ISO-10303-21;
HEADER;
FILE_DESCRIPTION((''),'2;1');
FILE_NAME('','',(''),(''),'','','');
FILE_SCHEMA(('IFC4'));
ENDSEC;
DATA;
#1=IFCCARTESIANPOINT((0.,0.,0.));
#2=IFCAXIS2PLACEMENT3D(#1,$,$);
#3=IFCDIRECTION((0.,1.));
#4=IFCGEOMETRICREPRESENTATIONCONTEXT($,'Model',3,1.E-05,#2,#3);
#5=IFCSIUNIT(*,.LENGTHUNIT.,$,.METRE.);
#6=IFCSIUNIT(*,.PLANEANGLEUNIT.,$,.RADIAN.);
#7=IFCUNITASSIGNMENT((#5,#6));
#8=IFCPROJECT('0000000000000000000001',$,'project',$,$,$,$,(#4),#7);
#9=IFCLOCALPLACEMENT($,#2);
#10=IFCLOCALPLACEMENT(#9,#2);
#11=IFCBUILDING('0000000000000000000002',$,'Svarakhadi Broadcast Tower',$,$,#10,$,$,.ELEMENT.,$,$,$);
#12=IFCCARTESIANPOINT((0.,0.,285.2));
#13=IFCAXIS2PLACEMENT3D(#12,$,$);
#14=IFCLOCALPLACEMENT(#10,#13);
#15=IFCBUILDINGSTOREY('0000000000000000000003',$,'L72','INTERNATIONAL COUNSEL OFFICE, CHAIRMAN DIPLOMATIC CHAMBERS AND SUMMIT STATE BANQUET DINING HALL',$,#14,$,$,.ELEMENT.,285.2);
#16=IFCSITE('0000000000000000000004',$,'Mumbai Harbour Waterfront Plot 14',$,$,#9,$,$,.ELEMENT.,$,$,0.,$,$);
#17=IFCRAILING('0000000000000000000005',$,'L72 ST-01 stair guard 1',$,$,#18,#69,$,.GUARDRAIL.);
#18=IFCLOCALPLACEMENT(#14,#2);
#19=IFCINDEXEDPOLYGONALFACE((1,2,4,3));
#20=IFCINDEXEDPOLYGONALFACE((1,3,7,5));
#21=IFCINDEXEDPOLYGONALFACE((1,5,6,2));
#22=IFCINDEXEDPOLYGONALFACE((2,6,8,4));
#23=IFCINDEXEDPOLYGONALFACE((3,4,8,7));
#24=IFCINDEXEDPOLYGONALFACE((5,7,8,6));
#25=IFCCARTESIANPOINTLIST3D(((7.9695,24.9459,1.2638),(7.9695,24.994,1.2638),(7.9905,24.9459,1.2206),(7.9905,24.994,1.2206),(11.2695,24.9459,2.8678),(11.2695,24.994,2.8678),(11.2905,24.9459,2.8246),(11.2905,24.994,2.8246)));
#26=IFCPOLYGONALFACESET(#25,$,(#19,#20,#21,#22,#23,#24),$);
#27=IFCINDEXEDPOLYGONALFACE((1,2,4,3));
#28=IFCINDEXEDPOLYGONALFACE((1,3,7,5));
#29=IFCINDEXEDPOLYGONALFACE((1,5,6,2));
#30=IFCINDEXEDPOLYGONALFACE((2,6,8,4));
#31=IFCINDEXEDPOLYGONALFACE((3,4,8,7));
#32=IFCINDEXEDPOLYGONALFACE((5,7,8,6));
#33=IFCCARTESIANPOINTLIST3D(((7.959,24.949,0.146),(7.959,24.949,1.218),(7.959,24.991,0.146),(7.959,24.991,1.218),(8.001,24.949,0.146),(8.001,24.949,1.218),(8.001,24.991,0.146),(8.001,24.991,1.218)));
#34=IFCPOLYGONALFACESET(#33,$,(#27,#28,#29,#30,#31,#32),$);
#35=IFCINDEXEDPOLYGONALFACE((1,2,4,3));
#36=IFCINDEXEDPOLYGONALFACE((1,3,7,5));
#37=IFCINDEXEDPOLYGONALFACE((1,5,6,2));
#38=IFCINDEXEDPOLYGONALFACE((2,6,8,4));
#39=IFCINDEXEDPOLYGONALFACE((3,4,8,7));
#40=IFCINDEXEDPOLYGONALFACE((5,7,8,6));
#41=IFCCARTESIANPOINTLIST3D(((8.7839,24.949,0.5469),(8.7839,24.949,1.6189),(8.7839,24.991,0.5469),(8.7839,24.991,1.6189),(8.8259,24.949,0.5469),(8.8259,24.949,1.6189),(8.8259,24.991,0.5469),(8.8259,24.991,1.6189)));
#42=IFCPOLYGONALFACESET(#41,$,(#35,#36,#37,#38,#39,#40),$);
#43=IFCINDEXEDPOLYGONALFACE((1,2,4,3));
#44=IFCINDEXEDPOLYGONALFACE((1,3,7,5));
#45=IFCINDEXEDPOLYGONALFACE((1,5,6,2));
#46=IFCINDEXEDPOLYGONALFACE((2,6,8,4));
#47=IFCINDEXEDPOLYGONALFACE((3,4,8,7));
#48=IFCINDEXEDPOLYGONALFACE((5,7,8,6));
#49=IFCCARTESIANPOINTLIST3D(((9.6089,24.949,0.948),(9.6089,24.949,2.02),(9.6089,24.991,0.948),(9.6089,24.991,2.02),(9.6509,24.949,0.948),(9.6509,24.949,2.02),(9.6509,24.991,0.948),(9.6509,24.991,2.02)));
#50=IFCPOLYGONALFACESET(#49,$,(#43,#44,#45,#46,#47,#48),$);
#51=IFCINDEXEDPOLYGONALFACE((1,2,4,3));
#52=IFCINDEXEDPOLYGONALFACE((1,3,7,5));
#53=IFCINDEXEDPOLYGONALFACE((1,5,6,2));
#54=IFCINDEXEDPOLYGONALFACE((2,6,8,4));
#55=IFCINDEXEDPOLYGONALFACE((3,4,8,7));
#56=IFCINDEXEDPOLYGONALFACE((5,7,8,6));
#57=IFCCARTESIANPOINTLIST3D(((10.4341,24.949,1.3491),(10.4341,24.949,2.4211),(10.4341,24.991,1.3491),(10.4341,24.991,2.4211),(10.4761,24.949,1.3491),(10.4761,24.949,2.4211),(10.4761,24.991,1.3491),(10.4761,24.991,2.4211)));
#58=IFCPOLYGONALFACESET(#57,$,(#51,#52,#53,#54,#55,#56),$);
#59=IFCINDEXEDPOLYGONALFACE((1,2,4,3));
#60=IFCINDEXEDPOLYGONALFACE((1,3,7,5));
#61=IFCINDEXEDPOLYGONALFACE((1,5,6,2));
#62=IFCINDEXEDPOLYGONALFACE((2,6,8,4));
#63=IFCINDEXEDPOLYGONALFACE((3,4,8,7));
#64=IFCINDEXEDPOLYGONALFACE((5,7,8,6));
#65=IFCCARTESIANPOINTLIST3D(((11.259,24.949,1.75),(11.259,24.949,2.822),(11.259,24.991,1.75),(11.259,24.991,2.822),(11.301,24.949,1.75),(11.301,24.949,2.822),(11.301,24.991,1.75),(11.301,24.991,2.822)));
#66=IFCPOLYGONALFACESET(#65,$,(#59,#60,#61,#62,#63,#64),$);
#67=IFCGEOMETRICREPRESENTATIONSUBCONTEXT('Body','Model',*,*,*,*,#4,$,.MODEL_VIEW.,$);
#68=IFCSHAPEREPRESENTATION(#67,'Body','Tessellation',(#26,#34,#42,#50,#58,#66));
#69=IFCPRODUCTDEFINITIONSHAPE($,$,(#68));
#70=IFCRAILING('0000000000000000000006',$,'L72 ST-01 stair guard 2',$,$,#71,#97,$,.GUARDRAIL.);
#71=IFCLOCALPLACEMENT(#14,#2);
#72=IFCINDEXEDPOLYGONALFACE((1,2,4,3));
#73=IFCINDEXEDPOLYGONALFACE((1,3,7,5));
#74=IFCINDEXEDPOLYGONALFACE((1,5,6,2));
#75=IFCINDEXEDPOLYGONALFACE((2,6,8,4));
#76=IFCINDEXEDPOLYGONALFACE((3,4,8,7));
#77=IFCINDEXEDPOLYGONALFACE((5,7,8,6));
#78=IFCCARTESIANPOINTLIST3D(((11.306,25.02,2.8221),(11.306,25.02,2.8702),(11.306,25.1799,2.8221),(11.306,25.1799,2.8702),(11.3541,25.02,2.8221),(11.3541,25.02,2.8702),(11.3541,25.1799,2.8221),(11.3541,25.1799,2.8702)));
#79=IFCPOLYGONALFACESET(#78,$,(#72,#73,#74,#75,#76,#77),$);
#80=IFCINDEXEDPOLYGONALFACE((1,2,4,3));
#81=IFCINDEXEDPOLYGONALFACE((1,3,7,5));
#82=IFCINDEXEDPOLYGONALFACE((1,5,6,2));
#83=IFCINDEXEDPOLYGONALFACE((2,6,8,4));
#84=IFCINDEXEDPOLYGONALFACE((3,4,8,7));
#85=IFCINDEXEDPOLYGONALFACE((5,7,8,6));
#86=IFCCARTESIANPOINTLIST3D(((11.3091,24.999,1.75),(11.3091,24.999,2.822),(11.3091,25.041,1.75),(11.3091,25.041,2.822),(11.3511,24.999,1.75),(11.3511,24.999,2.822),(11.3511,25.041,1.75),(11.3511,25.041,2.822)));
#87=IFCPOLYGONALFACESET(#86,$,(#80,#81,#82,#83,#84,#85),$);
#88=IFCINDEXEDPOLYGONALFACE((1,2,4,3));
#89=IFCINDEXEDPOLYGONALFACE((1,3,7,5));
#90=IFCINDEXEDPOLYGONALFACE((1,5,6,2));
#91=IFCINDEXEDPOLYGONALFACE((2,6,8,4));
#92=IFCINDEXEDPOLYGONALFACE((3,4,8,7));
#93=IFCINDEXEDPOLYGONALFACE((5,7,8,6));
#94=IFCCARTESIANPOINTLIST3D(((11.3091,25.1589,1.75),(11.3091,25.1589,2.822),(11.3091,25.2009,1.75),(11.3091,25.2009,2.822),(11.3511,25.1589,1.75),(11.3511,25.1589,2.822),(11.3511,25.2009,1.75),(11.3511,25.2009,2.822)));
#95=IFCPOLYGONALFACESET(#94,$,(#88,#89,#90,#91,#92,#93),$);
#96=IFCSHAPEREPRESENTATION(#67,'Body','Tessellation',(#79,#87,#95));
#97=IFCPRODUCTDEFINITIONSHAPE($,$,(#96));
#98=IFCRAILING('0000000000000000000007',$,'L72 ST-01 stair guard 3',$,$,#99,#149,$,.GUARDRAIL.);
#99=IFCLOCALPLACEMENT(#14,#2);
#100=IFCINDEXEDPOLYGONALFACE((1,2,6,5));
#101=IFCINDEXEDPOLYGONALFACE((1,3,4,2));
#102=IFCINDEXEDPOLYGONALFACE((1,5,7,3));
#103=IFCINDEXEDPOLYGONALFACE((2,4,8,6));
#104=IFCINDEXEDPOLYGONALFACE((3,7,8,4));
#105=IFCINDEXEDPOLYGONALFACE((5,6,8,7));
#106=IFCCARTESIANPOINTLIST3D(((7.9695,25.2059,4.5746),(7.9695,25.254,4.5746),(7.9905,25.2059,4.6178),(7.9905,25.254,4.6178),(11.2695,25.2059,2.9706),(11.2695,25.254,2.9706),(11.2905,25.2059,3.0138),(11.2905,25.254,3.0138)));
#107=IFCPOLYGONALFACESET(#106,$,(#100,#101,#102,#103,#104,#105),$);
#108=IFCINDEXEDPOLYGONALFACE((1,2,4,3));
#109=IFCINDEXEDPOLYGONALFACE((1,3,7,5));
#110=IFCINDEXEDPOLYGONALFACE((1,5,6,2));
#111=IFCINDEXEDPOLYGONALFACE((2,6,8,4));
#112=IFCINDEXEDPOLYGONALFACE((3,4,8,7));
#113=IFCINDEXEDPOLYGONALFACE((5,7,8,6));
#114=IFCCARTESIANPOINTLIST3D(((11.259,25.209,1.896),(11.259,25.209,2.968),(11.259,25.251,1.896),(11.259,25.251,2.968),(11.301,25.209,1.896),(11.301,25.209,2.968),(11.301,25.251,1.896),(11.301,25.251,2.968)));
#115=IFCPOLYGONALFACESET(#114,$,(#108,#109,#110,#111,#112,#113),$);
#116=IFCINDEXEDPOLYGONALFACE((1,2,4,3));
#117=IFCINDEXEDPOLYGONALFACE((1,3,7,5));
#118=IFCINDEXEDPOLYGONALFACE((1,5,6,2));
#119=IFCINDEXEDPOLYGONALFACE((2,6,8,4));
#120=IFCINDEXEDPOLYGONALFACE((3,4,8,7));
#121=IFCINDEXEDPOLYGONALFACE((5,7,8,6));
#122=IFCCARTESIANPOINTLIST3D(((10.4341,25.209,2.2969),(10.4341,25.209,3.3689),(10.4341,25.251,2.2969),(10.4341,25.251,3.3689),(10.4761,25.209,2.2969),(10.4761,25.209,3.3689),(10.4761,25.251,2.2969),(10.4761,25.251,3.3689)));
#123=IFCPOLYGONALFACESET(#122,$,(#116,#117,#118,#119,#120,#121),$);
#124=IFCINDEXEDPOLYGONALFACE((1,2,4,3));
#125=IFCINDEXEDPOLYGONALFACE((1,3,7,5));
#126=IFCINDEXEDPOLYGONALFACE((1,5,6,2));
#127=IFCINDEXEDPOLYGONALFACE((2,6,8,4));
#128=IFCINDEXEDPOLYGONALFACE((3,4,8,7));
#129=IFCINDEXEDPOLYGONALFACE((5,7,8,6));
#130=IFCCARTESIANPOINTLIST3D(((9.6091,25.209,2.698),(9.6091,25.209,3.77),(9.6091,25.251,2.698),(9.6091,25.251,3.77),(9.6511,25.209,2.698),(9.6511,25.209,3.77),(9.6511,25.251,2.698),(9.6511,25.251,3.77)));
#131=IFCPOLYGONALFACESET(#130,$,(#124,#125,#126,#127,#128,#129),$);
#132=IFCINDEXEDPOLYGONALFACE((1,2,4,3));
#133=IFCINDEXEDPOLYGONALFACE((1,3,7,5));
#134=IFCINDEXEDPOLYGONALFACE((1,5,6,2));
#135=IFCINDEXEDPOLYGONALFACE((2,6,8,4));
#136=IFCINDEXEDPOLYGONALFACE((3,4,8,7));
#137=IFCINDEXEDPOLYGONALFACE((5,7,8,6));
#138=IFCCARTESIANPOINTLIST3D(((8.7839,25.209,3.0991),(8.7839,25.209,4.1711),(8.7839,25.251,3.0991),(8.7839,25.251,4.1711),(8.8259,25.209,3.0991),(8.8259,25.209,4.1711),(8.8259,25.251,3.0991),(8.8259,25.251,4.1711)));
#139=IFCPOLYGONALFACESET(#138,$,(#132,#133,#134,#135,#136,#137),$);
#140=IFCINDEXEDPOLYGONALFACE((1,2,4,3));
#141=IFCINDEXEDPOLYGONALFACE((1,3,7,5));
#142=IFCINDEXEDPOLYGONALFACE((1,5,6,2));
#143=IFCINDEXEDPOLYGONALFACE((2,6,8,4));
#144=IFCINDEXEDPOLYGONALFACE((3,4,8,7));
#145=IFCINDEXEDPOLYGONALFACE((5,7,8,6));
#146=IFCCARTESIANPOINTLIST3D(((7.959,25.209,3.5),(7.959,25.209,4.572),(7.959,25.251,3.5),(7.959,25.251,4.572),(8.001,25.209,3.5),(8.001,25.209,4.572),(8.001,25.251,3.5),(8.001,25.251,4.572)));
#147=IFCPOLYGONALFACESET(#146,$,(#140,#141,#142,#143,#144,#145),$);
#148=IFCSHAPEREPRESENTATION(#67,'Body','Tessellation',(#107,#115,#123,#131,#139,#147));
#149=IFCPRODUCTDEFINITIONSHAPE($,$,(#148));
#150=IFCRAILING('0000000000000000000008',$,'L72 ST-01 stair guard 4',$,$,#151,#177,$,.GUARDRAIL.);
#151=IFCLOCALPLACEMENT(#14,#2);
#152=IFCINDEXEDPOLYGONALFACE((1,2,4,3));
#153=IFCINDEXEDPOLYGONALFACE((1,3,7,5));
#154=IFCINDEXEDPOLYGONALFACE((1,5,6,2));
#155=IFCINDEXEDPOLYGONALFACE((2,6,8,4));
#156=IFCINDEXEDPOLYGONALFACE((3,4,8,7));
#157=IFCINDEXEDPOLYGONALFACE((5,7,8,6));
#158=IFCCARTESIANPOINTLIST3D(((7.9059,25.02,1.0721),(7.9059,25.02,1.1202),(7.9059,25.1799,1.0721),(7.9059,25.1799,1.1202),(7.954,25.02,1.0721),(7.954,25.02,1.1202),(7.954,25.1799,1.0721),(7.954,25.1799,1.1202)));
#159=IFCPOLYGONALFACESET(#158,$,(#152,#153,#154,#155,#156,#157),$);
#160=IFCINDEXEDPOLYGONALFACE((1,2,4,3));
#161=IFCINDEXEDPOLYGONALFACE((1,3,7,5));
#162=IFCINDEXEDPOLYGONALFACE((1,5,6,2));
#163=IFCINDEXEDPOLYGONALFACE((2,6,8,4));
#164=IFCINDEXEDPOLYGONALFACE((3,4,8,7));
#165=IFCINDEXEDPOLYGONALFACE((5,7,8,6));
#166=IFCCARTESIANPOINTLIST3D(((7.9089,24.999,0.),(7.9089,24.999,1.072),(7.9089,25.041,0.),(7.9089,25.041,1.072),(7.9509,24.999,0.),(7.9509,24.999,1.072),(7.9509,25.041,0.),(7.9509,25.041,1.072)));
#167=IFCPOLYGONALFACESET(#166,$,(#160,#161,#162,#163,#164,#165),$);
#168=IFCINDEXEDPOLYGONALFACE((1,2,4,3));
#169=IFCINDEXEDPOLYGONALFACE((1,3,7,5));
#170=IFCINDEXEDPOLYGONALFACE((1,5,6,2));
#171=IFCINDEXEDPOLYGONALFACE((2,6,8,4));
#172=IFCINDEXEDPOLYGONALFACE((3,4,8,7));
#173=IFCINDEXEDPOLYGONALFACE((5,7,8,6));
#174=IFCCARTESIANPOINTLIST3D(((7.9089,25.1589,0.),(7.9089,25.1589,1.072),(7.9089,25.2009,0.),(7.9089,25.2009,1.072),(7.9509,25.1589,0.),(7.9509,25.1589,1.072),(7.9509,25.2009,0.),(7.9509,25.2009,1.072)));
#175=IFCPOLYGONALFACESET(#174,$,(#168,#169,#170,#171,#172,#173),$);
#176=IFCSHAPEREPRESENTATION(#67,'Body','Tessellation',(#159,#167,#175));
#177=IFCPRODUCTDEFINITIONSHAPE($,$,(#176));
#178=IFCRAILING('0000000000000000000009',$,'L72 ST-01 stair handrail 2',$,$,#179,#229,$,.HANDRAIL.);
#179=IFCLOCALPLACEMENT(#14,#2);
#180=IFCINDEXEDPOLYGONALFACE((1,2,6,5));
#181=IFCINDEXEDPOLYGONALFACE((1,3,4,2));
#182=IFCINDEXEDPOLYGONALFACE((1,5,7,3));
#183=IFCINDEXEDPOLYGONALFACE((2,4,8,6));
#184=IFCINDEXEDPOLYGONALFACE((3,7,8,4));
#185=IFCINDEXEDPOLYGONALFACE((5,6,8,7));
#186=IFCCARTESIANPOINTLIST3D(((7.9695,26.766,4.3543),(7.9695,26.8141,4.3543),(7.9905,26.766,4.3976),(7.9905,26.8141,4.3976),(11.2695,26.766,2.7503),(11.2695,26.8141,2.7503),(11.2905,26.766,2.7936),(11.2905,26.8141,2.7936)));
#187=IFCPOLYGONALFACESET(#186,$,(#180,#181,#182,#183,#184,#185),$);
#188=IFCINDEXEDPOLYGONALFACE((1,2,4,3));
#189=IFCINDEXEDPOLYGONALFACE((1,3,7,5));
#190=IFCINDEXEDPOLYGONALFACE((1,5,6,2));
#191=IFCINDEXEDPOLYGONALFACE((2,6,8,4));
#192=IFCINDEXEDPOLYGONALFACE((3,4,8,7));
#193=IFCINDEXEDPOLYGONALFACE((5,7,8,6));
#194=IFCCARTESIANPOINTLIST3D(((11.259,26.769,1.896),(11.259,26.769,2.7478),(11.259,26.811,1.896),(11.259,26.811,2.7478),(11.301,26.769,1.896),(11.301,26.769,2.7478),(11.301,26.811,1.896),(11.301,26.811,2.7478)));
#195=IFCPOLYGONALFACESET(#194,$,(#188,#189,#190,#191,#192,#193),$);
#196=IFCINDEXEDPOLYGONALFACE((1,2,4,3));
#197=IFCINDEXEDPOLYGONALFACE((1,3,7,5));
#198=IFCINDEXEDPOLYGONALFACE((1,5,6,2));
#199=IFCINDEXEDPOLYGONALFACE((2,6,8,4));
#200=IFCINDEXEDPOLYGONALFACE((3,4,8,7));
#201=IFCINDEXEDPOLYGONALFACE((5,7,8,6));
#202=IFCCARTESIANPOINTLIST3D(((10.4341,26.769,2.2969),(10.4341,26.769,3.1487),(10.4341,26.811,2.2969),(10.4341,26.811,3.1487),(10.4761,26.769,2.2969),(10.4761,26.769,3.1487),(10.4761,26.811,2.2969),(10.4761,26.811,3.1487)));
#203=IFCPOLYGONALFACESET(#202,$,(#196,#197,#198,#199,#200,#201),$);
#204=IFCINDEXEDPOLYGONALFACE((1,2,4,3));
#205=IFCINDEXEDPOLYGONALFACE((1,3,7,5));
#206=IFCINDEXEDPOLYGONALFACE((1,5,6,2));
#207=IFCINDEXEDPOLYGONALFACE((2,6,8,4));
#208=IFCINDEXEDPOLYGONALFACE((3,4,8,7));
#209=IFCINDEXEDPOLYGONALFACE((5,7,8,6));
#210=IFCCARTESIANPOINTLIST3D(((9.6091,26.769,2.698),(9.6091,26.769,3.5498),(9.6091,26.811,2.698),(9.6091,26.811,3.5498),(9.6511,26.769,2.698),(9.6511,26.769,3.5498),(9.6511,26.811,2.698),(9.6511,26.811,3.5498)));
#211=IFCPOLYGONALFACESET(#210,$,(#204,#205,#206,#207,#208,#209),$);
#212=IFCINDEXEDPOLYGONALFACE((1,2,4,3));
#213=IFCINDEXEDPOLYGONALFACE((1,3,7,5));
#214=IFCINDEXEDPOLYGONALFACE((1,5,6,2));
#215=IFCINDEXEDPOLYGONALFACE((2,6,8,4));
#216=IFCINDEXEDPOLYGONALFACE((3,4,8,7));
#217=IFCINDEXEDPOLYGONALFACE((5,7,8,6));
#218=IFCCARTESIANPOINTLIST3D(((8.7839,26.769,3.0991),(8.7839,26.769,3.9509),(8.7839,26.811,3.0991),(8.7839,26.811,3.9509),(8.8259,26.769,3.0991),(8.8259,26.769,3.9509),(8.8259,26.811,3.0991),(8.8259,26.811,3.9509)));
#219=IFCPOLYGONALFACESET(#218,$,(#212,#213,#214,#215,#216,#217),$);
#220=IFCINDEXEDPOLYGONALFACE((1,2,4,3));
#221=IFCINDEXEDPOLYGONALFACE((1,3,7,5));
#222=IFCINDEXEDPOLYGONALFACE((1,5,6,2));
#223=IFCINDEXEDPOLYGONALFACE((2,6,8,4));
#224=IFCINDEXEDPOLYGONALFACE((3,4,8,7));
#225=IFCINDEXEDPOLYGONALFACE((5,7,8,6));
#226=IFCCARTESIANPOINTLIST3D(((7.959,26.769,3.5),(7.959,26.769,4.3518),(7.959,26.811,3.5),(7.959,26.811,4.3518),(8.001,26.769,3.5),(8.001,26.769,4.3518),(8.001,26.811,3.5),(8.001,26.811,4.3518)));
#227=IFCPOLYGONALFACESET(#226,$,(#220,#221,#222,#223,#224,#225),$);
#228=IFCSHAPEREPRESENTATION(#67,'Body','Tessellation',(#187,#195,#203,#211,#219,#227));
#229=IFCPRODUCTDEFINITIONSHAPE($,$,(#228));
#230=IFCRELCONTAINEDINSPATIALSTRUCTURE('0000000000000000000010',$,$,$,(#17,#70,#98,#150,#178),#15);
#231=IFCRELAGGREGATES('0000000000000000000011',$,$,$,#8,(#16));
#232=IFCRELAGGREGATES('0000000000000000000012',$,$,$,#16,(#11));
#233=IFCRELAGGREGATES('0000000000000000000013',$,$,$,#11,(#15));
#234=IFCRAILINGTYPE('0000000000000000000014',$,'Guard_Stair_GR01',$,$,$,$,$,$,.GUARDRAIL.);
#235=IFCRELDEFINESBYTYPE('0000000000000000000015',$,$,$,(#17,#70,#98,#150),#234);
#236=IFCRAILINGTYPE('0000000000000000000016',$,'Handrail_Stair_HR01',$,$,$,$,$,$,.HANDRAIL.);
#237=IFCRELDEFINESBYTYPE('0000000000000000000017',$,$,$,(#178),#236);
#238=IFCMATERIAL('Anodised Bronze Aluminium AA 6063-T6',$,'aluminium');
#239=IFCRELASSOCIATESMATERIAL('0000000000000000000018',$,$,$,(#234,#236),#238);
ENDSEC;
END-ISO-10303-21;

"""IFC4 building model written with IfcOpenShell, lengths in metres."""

from ifc_helpers import new_model, si_unit, direction, frame, origin, origin_2d, place, context, subcontext, project, spatial, rectangle, extrude, material, type_object, element, save


model = new_model("IFC4")

# Units and contexts
model_context = context("Model", 3, precision=1e-05, world=origin(), true_north=direction((0.0, 1.0)))
body_context = subcontext(model_context, "Body", "Model", "MODEL_VIEW")
ifc_project = project(units=[si_unit("LENGTHUNIT", "METRE"), si_unit("PLANEANGLEUNIT", "RADIAN")], contexts=[model_context])

# Site, building, storey
site_placement = place(None, origin())
site = spatial("IfcSite", under=ifc_project, at=site_placement, Name="Mumbai Harbour Waterfront Plot 14", CompositionType="ELEMENT", RefElevation=0.0)
building_placement = place(site_placement, origin())
building = spatial("IfcBuilding", under=site, at=building_placement, Name="Svarakhadi Broadcast Tower", CompositionType="ELEMENT")
storey_placement = place(building_placement, frame((0.0, 0.0, 285.2)))
storey = spatial("IfcBuildingStorey", under=building, at=storey_placement, Name="L72", Description="INTERNATIONAL COUNSEL OFFICE, CHAIRMAN DIPLOMATIC CHAMBERS AND SUMMIT STATE BANQUET DINING HALL", CompositionType="ELEMENT", Elevation=285.2)

# Shared definitions
ifc_material_1 = material(Name="Anodised Bronze Aluminium AA 6063-T6", Category="aluminium")

# Railings
railing_type_1 = type_object("IfcRailingType", Name="Guard_Stair_GR01", PredefinedType="GUARDRAIL", material=ifc_material_1)
railing_1_placement = place(storey_placement, frame((7.98, 24.97, 0.146)))
element("IfcRailing", 1, at=railing_1_placement, inside=storey, type_object=railing_type_1, Name="L72 ST-01 stair guard 1", PredefinedType="GUARDRAIL", context=body_context, shape_type="SweptSolid", body=[
    extrude(rectangle(XDim=0.0481, YDim=0.0481, at=origin_2d()), frame((0.0, 0.0, 1.0962), z_axis=(0.899388, 0.0, 0.437152), x_axis=(0.0, 1.0, 0.0)), (0.0, 0.0, 1.0), 3.6692),
    extrude(rectangle(XDim=0.042, YDim=0.042, at=origin_2d()), origin(), (0.0, 0.0, 1.0), 1.072),
    extrude(rectangle(XDim=0.042, YDim=0.042, at=origin_2d()), frame((0.825, 0.0, 0.4009)), (0.0, 0.0, 1.0), 1.072),
    extrude(rectangle(XDim=0.042, YDim=0.042, at=origin_2d()), frame((1.6499, 0.0, 0.802)), (0.0, 0.0, 1.0), 1.072),
    extrude(rectangle(XDim=0.042, YDim=0.042, at=origin_2d()), frame((2.4751, 0.0, 1.2031)), (0.0, 0.0, 1.0), 1.072),
    extrude(rectangle(XDim=0.042, YDim=0.042, at=origin_2d()), frame((3.3, 0.0, 1.604)), (0.0, 0.0, 1.0), 1.072),
])
railing_2_placement = place(storey_placement, frame((11.3301, 25.02, 1.75)))
element("IfcRailing", 2, at=railing_2_placement, inside=storey, type_object=railing_type_1, Name="L72 ST-01 stair guard 2", PredefinedType="GUARDRAIL", context=body_context, shape_type="SweptSolid", body=[
    extrude(rectangle(XDim=0.0481, YDim=0.0481, at=origin_2d()), frame((0.0, 0.0, 1.0962), z_axis=(0.0, 1.0, 0.0), x_axis=(-1.0, 0.0, 0.0)), (0.0, 0.0, 1.0), 0.1599),
    extrude(rectangle(XDim=0.042, YDim=0.042, at=origin_2d()), origin(), (0.0, 0.0, 1.0), 1.072),
    extrude(rectangle(XDim=0.042, YDim=0.042, at=origin_2d()), frame((0.0, 0.1599, 0.0)), (0.0, 0.0, 1.0), 1.072),
])
railing_3_placement = place(storey_placement, frame((11.28, 25.23, 1.896)))
element("IfcRailing", 3, at=railing_3_placement, inside=storey, type_object=railing_type_1, Name="L72 ST-01 stair guard 3", PredefinedType="GUARDRAIL", context=body_context, shape_type="SweptSolid", body=[
    extrude(rectangle(XDim=0.0481, YDim=0.0481, at=origin_2d()), frame((0.0, 0.0, 1.0962), z_axis=(-0.899388, 0.0, 0.437152), x_axis=(0.0, -1.0, 0.0)), (0.0, 0.0, 1.0), 3.6692),
    extrude(rectangle(XDim=0.042, YDim=0.042, at=origin_2d()), origin(), (0.0, 0.0, 1.0), 1.072),
    extrude(rectangle(XDim=0.042, YDim=0.042, at=origin_2d()), frame((-0.825, 0.0, 0.4009)), (0.0, 0.0, 1.0), 1.072),
    extrude(rectangle(XDim=0.042, YDim=0.042, at=origin_2d()), frame((-1.6499, 0.0, 0.802)), (0.0, 0.0, 1.0), 1.072),
    extrude(rectangle(XDim=0.042, YDim=0.042, at=origin_2d()), frame((-2.4751, 0.0, 1.2031)), (0.0, 0.0, 1.0), 1.072),
    extrude(rectangle(XDim=0.042, YDim=0.042, at=origin_2d()), frame((-3.3, 0.0, 1.604)), (0.0, 0.0, 1.0), 1.072),
])
railing_4_placement = place(storey_placement, frame((7.9299, 25.02, 0.0)))
element("IfcRailing", 4, at=railing_4_placement, inside=storey, type_object=railing_type_1, Name="L72 ST-01 stair guard 4", PredefinedType="GUARDRAIL", context=body_context, shape_type="SweptSolid", body=[
    extrude(rectangle(XDim=0.0481, YDim=0.0481, at=origin_2d()), frame((0.0, 0.0, 1.0962), z_axis=(0.0, 1.0, 0.0), x_axis=(-1.0, 0.0, 0.0)), (0.0, 0.0, 1.0), 0.1599),
    extrude(rectangle(XDim=0.042, YDim=0.042, at=origin_2d()), origin(), (0.0, 0.0, 1.0), 1.072),
    extrude(rectangle(XDim=0.042, YDim=0.042, at=origin_2d()), frame((0.0, 0.1599, 0.0)), (0.0, 0.0, 1.0), 1.072),
])
railing_type_2 = type_object("IfcRailingType", Name="Handrail_Stair_HR01", PredefinedType="HANDRAIL", material=ifc_material_1)
railing_5_placement = place(storey_placement, frame((11.28, 26.79, 1.896)))
element("IfcRailing", 5, at=railing_5_placement, inside=storey, type_object=railing_type_2, Name="L72 ST-01 stair handrail 2", PredefinedType="HANDRAIL", context=body_context, shape_type="SweptSolid", body=[
    extrude(rectangle(XDim=0.0481, YDim=0.0481, at=origin_2d()), frame((0.0, 0.0, 0.876), z_axis=(-0.899388, 0.0, 0.437152), x_axis=(0.0, -1.0, 0.0)), (0.0, 0.0, 1.0), 3.6692),
    extrude(rectangle(XDim=0.042, YDim=0.042, at=origin_2d()), origin(), (0.0, 0.0, 1.0), 0.8518),
    extrude(rectangle(XDim=0.042, YDim=0.042, at=origin_2d()), frame((-0.825, 0.0, 0.4009)), (0.0, 0.0, 1.0), 0.8518),
    extrude(rectangle(XDim=0.042, YDim=0.042, at=origin_2d()), frame((-1.6499, 0.0, 0.802)), (0.0, 0.0, 1.0), 0.8518),
    extrude(rectangle(XDim=0.042, YDim=0.042, at=origin_2d()), frame((-2.4751, 0.0, 1.2031)), (0.0, 0.0, 1.0), 0.8518),
    extrude(rectangle(XDim=0.042, YDim=0.042, at=origin_2d()), frame((-3.3, 0.0, 1.604)), (0.0, 0.0, 1.0), 0.8518),
])

save(model, "model.ifc")
